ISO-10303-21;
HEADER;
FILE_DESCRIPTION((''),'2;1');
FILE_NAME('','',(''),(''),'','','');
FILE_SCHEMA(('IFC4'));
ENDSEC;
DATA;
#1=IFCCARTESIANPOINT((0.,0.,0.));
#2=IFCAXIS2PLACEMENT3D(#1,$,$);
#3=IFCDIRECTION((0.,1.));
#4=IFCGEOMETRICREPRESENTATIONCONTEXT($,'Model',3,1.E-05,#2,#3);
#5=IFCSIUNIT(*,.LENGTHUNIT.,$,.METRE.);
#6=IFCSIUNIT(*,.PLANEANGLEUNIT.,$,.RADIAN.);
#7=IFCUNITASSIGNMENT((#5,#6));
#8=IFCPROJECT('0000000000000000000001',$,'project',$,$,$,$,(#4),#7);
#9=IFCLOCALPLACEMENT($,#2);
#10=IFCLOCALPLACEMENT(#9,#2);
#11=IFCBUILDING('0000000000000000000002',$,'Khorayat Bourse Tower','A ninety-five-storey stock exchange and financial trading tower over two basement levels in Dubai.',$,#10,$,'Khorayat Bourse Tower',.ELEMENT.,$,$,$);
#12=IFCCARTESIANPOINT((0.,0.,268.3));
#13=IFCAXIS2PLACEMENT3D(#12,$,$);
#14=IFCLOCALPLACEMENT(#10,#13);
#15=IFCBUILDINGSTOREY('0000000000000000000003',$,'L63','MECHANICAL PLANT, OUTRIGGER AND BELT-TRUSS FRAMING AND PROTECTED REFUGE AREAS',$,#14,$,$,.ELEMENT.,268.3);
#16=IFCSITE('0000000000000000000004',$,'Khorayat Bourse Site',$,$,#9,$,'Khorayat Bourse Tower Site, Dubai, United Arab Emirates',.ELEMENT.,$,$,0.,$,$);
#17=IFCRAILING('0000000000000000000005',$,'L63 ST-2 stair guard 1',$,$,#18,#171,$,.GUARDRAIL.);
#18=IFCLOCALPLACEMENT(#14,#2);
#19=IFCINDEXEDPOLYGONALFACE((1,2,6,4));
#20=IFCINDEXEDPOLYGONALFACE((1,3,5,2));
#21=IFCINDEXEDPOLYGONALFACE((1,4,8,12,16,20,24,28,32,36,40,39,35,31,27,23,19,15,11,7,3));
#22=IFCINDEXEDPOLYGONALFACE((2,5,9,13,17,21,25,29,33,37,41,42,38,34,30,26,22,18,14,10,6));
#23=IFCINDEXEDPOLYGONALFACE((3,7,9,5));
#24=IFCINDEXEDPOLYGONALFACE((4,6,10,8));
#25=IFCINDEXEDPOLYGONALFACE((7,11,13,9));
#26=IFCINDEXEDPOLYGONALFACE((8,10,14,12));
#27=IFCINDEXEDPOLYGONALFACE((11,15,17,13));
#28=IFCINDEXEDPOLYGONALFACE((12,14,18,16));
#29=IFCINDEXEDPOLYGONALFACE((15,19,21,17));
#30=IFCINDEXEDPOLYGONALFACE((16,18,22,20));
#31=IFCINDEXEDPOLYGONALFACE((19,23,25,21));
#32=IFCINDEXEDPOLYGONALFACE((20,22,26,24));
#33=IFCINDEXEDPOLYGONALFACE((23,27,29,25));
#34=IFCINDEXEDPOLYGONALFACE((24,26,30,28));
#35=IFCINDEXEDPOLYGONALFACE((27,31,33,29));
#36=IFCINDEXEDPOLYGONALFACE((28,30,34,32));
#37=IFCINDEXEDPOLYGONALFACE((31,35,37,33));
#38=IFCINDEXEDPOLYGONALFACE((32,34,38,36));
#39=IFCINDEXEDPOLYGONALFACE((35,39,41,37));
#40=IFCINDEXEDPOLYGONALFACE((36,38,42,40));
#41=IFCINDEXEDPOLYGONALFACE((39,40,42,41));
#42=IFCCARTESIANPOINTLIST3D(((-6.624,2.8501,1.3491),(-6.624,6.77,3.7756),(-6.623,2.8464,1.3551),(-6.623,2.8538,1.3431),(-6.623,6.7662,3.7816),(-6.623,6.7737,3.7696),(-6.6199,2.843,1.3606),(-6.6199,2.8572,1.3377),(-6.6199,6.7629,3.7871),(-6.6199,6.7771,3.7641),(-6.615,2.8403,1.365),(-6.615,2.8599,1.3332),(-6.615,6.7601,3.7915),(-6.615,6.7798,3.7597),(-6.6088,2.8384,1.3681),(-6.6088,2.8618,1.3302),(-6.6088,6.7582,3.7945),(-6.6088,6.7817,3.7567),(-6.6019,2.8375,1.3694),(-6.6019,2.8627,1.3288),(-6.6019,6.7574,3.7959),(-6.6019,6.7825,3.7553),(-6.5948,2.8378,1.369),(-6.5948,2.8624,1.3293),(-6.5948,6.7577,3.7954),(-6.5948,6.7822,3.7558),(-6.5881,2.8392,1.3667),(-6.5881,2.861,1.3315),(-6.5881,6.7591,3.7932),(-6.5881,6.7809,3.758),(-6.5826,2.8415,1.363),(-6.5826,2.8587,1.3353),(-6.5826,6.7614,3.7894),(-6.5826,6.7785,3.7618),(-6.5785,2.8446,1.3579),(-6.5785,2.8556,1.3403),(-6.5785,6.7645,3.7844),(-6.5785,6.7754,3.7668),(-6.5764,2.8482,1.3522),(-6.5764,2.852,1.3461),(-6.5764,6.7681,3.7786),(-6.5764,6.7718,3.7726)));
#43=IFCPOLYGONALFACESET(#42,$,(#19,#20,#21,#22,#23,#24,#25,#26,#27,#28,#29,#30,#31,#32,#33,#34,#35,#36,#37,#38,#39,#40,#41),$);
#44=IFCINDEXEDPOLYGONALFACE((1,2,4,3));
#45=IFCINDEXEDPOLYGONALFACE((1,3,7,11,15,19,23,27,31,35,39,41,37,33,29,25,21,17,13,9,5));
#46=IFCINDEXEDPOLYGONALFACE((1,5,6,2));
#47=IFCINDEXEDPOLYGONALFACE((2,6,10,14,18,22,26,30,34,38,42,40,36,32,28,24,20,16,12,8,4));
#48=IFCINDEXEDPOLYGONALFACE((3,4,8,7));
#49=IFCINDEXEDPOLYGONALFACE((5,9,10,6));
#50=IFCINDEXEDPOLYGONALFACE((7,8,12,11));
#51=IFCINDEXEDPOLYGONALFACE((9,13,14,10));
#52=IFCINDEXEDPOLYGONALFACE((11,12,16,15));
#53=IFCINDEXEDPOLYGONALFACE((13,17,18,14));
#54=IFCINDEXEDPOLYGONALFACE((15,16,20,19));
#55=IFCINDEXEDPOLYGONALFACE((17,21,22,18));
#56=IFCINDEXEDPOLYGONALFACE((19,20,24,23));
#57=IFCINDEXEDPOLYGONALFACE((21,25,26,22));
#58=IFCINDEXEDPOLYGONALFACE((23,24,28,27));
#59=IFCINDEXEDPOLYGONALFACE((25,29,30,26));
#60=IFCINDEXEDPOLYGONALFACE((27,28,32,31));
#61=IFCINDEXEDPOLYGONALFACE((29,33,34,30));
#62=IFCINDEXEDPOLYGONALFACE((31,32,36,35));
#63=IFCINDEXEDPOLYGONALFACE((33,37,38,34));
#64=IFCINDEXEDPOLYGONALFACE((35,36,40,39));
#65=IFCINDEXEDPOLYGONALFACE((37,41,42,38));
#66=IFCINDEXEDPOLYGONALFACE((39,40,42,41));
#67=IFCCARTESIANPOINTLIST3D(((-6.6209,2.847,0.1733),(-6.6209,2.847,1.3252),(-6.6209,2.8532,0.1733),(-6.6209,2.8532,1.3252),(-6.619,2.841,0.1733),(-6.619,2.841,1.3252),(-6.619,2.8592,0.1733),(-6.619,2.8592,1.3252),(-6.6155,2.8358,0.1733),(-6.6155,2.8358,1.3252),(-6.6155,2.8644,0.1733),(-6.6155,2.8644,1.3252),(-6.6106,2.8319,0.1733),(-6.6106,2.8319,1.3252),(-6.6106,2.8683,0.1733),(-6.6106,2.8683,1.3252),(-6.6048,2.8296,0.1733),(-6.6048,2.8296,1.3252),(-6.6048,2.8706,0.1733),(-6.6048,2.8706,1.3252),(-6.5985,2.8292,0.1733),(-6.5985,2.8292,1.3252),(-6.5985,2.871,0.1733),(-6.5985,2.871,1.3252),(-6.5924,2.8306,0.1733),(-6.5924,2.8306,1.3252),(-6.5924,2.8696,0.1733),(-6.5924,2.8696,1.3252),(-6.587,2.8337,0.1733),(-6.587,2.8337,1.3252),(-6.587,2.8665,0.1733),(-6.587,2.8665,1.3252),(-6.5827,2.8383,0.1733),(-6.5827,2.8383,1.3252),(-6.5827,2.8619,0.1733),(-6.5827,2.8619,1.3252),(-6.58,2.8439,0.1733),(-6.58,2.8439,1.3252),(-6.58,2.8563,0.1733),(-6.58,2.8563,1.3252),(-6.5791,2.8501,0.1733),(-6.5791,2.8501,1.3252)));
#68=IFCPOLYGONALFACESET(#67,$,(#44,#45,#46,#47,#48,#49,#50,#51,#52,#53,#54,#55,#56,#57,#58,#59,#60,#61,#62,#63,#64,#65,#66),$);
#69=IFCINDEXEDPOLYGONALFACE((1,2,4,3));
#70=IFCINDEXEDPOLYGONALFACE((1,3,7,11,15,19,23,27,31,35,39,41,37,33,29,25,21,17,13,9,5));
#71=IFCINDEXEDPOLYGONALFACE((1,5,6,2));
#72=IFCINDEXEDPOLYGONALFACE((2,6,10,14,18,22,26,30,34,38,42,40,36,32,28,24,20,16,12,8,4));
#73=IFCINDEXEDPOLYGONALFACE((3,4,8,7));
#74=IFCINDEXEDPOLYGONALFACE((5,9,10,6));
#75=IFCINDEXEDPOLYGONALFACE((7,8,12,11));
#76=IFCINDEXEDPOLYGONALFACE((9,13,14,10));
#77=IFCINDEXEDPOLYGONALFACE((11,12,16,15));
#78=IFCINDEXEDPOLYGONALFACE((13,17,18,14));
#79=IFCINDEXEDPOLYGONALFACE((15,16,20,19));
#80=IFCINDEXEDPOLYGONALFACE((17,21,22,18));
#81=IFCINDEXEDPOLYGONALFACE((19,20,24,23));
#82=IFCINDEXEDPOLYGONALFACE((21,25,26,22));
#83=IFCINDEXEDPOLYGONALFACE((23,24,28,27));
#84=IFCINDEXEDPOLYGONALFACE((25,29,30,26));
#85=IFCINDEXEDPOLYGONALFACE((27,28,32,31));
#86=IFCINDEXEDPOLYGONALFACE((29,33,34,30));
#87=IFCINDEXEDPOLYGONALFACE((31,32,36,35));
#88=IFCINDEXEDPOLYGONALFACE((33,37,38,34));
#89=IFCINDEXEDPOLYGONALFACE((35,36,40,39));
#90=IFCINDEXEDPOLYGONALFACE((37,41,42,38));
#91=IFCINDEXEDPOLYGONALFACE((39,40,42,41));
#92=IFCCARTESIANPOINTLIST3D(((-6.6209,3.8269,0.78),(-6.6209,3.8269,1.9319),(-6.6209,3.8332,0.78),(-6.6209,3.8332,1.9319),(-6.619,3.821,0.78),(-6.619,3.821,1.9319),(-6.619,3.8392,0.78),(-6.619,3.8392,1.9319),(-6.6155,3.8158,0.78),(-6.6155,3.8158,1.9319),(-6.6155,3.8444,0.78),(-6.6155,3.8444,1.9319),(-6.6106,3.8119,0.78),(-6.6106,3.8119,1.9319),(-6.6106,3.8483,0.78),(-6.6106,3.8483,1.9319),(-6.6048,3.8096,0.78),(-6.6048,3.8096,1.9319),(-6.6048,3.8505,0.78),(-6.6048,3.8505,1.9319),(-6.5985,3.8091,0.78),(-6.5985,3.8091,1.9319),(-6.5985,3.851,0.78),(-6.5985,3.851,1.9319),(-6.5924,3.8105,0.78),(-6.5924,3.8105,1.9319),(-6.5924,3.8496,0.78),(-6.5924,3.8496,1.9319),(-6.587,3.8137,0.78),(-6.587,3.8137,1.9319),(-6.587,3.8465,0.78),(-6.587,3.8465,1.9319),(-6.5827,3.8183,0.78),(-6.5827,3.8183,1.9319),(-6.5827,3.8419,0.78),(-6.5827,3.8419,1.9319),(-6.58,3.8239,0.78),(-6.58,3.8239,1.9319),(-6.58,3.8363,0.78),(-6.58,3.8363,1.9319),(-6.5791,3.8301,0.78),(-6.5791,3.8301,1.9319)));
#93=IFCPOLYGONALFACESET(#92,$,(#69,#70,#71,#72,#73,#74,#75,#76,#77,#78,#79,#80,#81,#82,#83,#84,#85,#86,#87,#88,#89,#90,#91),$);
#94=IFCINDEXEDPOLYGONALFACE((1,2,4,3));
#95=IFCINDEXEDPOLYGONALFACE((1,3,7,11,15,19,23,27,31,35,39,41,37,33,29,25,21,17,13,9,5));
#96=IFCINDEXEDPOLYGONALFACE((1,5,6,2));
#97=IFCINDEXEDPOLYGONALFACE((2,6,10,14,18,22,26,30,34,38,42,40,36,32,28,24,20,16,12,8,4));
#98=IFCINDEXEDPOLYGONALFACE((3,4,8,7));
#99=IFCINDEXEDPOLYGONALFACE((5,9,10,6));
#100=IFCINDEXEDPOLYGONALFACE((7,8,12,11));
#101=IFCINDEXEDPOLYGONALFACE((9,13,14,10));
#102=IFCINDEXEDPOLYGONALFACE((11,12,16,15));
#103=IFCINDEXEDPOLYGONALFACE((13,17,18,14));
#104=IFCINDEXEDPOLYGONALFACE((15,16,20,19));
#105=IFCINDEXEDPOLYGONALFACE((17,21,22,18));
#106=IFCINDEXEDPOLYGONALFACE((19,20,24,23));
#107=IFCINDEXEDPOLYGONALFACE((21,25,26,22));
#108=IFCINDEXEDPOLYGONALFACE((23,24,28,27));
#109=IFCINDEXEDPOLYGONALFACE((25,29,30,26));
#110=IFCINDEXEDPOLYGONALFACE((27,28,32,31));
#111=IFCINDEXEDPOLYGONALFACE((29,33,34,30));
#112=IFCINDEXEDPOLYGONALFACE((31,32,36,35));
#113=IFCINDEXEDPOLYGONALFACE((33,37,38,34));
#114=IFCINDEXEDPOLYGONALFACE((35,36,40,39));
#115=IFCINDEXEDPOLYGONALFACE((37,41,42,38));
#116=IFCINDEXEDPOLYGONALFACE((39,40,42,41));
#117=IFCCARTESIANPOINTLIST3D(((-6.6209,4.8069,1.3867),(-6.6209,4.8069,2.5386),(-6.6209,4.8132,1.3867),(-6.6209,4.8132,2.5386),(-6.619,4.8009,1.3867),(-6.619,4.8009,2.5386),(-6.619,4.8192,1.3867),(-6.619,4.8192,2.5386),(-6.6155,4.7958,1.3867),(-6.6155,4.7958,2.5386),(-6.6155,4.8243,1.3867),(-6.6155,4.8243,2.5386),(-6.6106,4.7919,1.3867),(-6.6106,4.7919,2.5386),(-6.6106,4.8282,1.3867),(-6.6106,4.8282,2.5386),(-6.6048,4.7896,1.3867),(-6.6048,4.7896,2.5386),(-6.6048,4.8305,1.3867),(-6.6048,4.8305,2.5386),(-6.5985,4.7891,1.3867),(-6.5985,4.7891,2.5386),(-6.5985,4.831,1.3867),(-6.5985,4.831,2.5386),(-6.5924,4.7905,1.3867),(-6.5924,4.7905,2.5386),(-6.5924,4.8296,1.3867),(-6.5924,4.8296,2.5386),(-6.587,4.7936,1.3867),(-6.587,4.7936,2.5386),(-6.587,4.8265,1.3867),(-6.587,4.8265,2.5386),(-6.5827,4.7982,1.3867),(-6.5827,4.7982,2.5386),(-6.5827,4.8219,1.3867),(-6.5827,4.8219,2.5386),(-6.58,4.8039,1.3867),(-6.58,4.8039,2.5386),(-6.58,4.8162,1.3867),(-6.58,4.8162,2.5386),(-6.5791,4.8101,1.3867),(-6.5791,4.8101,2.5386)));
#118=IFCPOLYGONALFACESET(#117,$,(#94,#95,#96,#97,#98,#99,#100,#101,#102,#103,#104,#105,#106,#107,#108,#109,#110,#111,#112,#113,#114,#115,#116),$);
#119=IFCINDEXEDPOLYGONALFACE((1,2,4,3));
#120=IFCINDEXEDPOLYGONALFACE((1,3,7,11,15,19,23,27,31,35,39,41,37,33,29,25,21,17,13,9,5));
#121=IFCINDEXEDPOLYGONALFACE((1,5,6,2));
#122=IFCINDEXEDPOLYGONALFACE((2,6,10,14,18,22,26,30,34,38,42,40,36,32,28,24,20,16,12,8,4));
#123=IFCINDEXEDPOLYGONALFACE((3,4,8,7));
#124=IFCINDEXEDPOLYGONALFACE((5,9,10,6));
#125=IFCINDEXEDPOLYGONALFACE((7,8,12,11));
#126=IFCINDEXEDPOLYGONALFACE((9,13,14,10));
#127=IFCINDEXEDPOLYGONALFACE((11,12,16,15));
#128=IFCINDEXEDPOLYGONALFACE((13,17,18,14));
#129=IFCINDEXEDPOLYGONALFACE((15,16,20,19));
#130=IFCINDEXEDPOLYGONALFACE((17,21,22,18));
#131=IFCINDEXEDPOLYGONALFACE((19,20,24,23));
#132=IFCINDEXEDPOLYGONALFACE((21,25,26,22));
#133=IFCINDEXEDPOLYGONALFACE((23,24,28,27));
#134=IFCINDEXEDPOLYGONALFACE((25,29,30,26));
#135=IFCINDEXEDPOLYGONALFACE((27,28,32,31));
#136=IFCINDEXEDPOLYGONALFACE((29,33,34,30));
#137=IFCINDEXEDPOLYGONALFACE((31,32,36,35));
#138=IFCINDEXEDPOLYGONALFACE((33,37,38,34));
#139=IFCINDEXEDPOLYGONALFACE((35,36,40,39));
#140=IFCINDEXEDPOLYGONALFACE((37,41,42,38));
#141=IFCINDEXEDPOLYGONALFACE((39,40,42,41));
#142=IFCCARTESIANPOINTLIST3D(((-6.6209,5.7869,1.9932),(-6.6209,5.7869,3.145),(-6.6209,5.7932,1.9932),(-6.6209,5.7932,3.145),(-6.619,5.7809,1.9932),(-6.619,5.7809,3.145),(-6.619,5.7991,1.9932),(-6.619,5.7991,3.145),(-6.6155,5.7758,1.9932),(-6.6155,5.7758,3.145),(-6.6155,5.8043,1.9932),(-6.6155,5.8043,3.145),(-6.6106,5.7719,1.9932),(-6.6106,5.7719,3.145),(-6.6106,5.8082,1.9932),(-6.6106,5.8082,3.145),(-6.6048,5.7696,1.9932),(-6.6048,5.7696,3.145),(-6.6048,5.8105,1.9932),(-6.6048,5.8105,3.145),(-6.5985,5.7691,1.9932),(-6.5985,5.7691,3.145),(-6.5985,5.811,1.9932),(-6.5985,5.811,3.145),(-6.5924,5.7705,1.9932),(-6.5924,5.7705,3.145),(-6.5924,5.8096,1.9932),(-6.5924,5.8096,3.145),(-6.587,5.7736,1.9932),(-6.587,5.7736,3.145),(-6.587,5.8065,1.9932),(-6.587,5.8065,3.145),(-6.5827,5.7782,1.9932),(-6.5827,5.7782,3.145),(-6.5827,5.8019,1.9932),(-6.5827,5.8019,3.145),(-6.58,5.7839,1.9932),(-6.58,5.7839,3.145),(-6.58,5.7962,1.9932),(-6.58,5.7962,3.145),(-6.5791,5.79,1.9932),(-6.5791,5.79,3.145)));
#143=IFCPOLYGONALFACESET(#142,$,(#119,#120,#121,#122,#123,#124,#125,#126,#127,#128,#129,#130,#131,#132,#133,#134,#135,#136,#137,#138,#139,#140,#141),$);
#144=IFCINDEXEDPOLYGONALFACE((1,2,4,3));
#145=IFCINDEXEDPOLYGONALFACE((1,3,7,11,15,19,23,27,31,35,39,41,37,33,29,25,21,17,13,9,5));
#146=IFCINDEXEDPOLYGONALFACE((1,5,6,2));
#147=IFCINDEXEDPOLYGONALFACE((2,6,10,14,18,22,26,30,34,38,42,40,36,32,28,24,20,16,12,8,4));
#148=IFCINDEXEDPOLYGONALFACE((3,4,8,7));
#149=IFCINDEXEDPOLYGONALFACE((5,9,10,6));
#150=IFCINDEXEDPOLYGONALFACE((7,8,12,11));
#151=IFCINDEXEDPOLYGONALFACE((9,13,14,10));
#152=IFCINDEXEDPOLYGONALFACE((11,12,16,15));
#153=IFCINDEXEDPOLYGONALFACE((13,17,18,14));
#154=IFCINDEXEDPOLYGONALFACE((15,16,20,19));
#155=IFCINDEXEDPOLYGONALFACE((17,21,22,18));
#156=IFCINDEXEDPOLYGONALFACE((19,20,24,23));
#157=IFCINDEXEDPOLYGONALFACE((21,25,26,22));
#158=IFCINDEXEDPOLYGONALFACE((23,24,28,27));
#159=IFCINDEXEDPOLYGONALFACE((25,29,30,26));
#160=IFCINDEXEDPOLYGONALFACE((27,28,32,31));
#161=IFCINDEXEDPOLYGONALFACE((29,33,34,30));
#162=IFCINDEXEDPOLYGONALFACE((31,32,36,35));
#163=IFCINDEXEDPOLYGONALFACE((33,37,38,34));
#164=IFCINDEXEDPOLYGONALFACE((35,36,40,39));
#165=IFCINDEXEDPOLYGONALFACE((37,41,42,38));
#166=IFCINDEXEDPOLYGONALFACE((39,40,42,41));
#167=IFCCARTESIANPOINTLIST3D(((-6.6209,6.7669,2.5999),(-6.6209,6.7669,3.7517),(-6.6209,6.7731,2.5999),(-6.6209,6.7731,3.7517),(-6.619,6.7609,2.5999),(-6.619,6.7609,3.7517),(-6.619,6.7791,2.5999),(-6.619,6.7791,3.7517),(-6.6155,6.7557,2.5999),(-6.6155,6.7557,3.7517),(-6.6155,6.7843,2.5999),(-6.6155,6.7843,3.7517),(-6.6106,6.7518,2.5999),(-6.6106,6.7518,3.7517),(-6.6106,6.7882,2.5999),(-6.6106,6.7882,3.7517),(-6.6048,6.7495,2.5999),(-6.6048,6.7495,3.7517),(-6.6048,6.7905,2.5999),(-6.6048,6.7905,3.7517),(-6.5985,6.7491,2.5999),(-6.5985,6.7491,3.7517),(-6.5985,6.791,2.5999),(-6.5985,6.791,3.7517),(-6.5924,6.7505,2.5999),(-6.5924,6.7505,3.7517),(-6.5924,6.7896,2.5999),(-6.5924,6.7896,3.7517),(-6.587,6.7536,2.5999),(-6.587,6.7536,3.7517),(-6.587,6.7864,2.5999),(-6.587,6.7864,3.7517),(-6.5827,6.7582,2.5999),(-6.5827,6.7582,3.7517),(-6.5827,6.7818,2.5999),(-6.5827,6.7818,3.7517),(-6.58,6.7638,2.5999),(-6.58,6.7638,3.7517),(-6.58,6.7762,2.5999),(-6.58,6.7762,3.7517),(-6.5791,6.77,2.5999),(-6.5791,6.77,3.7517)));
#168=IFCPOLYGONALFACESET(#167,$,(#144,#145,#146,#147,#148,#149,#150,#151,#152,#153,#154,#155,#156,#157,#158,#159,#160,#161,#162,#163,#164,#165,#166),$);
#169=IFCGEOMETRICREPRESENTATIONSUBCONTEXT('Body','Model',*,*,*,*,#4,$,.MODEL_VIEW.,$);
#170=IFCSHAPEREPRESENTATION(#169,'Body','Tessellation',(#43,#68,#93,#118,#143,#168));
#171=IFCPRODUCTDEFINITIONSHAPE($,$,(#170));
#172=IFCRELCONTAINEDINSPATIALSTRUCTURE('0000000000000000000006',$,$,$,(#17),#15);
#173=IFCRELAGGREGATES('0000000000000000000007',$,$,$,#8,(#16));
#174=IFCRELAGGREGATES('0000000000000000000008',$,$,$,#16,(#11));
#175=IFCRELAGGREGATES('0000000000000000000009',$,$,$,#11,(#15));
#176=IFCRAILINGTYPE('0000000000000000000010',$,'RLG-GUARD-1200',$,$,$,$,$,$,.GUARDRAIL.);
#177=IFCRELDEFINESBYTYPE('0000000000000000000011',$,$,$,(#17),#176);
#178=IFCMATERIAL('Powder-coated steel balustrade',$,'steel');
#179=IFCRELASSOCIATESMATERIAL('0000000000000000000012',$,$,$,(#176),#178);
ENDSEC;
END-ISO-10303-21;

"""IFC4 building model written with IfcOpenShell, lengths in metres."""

from ifc_helpers import new_model, si_unit, direction, frame, origin, origin_2d, place, context, subcontext, project, spatial, circle, extrude, source, transform, mapped, material, type_object, element, save


model = new_model("IFC4")

# Units and contexts
model_context = context("Model", 3, precision=1e-05, world=origin(), true_north=direction((0.0, 1.0)))
body_context = subcontext(model_context, "Body", "Model", "MODEL_VIEW")
ifc_project = project(units=[si_unit("LENGTHUNIT", "METRE"), si_unit("PLANEANGLEUNIT", "RADIAN")], contexts=[model_context])

# Site, building, storey
site_placement = place(None, origin())
site = spatial("IfcSite", under=ifc_project, at=site_placement, Name="Khorayat Bourse Site", LongName="Khorayat Bourse Tower Site, Dubai, United Arab Emirates", CompositionType="ELEMENT", RefElevation=0.0)
building_placement = place(site_placement, origin())
building = spatial("IfcBuilding", under=site, at=building_placement, Name="Khorayat Bourse Tower", Description="A ninety-five-storey stock exchange and financial trading tower over two basement levels in Dubai.", LongName="Khorayat Bourse Tower", CompositionType="ELEMENT")
storey_placement = place(building_placement, frame((0.0, 0.0, 268.3)))
storey = spatial("IfcBuildingStorey", under=building, at=storey_placement, Name="L63", Description="MECHANICAL PLANT, OUTRIGGER AND BELT-TRUSS FRAMING AND PROTECTED REFUGE AREAS", CompositionType="ELEMENT", Elevation=268.3)

# Railing
ifc_material_1 = material(Name="Powder-coated steel balustrade", Category="steel")
railing_type_1 = type_object("IfcRailingType", Name="RLG-GUARD-1200", PredefinedType="GUARDRAIL", material=ifc_material_1)
shared_shape_1 = source(origin(), body_context, "Body", "SweptSolid", [
    extrude(circle(Radius=0.0239, at=origin_2d()), frame((0.0, 0.0, 1.1758), z_axis=(0.0, 0.850275, 0.526338), x_axis=(-1.0, 0.0, 0.0)), (0.0, 0.0, 1.0), 4.6101),
    extrude(circle(Radius=0.021, at=origin_2d()), origin(), (0.0, 0.0, 1.0), 1.1519),
    extrude(circle(Radius=0.021, at=origin_2d()), frame((0.0, 0.98, 0.6067)), (0.0, 0.0, 1.0), 1.1519),
    extrude(circle(Radius=0.021, at=origin_2d()), frame((0.0, 1.96, 1.2134)), (0.0, 0.0, 1.0), 1.1519),
    extrude(circle(Radius=0.021, at=origin_2d()), frame((0.0, 2.9399, 1.8198)), (0.0, 0.0, 1.0), 1.1519),
    extrude(circle(Radius=0.021, at=origin_2d()), frame((0.0, 3.9199, 2.4265)), (0.0, 0.0, 1.0), 1.1519),
])
railing_1_placement = place(storey_placement, frame((-6.6001, 2.8501, 0.1733)))
element("IfcRailing", 1, at=railing_1_placement, inside=storey, type_object=railing_type_1, Name="L63 ST-2 stair guard 1", PredefinedType="GUARDRAIL", context=body_context, shape_type="MappedRepresentation", body=[
    mapped(shared_shape_1, transform((0.0, 0.0, 0.0), scale=1.0)),
])

save(model, "model.ifc")
